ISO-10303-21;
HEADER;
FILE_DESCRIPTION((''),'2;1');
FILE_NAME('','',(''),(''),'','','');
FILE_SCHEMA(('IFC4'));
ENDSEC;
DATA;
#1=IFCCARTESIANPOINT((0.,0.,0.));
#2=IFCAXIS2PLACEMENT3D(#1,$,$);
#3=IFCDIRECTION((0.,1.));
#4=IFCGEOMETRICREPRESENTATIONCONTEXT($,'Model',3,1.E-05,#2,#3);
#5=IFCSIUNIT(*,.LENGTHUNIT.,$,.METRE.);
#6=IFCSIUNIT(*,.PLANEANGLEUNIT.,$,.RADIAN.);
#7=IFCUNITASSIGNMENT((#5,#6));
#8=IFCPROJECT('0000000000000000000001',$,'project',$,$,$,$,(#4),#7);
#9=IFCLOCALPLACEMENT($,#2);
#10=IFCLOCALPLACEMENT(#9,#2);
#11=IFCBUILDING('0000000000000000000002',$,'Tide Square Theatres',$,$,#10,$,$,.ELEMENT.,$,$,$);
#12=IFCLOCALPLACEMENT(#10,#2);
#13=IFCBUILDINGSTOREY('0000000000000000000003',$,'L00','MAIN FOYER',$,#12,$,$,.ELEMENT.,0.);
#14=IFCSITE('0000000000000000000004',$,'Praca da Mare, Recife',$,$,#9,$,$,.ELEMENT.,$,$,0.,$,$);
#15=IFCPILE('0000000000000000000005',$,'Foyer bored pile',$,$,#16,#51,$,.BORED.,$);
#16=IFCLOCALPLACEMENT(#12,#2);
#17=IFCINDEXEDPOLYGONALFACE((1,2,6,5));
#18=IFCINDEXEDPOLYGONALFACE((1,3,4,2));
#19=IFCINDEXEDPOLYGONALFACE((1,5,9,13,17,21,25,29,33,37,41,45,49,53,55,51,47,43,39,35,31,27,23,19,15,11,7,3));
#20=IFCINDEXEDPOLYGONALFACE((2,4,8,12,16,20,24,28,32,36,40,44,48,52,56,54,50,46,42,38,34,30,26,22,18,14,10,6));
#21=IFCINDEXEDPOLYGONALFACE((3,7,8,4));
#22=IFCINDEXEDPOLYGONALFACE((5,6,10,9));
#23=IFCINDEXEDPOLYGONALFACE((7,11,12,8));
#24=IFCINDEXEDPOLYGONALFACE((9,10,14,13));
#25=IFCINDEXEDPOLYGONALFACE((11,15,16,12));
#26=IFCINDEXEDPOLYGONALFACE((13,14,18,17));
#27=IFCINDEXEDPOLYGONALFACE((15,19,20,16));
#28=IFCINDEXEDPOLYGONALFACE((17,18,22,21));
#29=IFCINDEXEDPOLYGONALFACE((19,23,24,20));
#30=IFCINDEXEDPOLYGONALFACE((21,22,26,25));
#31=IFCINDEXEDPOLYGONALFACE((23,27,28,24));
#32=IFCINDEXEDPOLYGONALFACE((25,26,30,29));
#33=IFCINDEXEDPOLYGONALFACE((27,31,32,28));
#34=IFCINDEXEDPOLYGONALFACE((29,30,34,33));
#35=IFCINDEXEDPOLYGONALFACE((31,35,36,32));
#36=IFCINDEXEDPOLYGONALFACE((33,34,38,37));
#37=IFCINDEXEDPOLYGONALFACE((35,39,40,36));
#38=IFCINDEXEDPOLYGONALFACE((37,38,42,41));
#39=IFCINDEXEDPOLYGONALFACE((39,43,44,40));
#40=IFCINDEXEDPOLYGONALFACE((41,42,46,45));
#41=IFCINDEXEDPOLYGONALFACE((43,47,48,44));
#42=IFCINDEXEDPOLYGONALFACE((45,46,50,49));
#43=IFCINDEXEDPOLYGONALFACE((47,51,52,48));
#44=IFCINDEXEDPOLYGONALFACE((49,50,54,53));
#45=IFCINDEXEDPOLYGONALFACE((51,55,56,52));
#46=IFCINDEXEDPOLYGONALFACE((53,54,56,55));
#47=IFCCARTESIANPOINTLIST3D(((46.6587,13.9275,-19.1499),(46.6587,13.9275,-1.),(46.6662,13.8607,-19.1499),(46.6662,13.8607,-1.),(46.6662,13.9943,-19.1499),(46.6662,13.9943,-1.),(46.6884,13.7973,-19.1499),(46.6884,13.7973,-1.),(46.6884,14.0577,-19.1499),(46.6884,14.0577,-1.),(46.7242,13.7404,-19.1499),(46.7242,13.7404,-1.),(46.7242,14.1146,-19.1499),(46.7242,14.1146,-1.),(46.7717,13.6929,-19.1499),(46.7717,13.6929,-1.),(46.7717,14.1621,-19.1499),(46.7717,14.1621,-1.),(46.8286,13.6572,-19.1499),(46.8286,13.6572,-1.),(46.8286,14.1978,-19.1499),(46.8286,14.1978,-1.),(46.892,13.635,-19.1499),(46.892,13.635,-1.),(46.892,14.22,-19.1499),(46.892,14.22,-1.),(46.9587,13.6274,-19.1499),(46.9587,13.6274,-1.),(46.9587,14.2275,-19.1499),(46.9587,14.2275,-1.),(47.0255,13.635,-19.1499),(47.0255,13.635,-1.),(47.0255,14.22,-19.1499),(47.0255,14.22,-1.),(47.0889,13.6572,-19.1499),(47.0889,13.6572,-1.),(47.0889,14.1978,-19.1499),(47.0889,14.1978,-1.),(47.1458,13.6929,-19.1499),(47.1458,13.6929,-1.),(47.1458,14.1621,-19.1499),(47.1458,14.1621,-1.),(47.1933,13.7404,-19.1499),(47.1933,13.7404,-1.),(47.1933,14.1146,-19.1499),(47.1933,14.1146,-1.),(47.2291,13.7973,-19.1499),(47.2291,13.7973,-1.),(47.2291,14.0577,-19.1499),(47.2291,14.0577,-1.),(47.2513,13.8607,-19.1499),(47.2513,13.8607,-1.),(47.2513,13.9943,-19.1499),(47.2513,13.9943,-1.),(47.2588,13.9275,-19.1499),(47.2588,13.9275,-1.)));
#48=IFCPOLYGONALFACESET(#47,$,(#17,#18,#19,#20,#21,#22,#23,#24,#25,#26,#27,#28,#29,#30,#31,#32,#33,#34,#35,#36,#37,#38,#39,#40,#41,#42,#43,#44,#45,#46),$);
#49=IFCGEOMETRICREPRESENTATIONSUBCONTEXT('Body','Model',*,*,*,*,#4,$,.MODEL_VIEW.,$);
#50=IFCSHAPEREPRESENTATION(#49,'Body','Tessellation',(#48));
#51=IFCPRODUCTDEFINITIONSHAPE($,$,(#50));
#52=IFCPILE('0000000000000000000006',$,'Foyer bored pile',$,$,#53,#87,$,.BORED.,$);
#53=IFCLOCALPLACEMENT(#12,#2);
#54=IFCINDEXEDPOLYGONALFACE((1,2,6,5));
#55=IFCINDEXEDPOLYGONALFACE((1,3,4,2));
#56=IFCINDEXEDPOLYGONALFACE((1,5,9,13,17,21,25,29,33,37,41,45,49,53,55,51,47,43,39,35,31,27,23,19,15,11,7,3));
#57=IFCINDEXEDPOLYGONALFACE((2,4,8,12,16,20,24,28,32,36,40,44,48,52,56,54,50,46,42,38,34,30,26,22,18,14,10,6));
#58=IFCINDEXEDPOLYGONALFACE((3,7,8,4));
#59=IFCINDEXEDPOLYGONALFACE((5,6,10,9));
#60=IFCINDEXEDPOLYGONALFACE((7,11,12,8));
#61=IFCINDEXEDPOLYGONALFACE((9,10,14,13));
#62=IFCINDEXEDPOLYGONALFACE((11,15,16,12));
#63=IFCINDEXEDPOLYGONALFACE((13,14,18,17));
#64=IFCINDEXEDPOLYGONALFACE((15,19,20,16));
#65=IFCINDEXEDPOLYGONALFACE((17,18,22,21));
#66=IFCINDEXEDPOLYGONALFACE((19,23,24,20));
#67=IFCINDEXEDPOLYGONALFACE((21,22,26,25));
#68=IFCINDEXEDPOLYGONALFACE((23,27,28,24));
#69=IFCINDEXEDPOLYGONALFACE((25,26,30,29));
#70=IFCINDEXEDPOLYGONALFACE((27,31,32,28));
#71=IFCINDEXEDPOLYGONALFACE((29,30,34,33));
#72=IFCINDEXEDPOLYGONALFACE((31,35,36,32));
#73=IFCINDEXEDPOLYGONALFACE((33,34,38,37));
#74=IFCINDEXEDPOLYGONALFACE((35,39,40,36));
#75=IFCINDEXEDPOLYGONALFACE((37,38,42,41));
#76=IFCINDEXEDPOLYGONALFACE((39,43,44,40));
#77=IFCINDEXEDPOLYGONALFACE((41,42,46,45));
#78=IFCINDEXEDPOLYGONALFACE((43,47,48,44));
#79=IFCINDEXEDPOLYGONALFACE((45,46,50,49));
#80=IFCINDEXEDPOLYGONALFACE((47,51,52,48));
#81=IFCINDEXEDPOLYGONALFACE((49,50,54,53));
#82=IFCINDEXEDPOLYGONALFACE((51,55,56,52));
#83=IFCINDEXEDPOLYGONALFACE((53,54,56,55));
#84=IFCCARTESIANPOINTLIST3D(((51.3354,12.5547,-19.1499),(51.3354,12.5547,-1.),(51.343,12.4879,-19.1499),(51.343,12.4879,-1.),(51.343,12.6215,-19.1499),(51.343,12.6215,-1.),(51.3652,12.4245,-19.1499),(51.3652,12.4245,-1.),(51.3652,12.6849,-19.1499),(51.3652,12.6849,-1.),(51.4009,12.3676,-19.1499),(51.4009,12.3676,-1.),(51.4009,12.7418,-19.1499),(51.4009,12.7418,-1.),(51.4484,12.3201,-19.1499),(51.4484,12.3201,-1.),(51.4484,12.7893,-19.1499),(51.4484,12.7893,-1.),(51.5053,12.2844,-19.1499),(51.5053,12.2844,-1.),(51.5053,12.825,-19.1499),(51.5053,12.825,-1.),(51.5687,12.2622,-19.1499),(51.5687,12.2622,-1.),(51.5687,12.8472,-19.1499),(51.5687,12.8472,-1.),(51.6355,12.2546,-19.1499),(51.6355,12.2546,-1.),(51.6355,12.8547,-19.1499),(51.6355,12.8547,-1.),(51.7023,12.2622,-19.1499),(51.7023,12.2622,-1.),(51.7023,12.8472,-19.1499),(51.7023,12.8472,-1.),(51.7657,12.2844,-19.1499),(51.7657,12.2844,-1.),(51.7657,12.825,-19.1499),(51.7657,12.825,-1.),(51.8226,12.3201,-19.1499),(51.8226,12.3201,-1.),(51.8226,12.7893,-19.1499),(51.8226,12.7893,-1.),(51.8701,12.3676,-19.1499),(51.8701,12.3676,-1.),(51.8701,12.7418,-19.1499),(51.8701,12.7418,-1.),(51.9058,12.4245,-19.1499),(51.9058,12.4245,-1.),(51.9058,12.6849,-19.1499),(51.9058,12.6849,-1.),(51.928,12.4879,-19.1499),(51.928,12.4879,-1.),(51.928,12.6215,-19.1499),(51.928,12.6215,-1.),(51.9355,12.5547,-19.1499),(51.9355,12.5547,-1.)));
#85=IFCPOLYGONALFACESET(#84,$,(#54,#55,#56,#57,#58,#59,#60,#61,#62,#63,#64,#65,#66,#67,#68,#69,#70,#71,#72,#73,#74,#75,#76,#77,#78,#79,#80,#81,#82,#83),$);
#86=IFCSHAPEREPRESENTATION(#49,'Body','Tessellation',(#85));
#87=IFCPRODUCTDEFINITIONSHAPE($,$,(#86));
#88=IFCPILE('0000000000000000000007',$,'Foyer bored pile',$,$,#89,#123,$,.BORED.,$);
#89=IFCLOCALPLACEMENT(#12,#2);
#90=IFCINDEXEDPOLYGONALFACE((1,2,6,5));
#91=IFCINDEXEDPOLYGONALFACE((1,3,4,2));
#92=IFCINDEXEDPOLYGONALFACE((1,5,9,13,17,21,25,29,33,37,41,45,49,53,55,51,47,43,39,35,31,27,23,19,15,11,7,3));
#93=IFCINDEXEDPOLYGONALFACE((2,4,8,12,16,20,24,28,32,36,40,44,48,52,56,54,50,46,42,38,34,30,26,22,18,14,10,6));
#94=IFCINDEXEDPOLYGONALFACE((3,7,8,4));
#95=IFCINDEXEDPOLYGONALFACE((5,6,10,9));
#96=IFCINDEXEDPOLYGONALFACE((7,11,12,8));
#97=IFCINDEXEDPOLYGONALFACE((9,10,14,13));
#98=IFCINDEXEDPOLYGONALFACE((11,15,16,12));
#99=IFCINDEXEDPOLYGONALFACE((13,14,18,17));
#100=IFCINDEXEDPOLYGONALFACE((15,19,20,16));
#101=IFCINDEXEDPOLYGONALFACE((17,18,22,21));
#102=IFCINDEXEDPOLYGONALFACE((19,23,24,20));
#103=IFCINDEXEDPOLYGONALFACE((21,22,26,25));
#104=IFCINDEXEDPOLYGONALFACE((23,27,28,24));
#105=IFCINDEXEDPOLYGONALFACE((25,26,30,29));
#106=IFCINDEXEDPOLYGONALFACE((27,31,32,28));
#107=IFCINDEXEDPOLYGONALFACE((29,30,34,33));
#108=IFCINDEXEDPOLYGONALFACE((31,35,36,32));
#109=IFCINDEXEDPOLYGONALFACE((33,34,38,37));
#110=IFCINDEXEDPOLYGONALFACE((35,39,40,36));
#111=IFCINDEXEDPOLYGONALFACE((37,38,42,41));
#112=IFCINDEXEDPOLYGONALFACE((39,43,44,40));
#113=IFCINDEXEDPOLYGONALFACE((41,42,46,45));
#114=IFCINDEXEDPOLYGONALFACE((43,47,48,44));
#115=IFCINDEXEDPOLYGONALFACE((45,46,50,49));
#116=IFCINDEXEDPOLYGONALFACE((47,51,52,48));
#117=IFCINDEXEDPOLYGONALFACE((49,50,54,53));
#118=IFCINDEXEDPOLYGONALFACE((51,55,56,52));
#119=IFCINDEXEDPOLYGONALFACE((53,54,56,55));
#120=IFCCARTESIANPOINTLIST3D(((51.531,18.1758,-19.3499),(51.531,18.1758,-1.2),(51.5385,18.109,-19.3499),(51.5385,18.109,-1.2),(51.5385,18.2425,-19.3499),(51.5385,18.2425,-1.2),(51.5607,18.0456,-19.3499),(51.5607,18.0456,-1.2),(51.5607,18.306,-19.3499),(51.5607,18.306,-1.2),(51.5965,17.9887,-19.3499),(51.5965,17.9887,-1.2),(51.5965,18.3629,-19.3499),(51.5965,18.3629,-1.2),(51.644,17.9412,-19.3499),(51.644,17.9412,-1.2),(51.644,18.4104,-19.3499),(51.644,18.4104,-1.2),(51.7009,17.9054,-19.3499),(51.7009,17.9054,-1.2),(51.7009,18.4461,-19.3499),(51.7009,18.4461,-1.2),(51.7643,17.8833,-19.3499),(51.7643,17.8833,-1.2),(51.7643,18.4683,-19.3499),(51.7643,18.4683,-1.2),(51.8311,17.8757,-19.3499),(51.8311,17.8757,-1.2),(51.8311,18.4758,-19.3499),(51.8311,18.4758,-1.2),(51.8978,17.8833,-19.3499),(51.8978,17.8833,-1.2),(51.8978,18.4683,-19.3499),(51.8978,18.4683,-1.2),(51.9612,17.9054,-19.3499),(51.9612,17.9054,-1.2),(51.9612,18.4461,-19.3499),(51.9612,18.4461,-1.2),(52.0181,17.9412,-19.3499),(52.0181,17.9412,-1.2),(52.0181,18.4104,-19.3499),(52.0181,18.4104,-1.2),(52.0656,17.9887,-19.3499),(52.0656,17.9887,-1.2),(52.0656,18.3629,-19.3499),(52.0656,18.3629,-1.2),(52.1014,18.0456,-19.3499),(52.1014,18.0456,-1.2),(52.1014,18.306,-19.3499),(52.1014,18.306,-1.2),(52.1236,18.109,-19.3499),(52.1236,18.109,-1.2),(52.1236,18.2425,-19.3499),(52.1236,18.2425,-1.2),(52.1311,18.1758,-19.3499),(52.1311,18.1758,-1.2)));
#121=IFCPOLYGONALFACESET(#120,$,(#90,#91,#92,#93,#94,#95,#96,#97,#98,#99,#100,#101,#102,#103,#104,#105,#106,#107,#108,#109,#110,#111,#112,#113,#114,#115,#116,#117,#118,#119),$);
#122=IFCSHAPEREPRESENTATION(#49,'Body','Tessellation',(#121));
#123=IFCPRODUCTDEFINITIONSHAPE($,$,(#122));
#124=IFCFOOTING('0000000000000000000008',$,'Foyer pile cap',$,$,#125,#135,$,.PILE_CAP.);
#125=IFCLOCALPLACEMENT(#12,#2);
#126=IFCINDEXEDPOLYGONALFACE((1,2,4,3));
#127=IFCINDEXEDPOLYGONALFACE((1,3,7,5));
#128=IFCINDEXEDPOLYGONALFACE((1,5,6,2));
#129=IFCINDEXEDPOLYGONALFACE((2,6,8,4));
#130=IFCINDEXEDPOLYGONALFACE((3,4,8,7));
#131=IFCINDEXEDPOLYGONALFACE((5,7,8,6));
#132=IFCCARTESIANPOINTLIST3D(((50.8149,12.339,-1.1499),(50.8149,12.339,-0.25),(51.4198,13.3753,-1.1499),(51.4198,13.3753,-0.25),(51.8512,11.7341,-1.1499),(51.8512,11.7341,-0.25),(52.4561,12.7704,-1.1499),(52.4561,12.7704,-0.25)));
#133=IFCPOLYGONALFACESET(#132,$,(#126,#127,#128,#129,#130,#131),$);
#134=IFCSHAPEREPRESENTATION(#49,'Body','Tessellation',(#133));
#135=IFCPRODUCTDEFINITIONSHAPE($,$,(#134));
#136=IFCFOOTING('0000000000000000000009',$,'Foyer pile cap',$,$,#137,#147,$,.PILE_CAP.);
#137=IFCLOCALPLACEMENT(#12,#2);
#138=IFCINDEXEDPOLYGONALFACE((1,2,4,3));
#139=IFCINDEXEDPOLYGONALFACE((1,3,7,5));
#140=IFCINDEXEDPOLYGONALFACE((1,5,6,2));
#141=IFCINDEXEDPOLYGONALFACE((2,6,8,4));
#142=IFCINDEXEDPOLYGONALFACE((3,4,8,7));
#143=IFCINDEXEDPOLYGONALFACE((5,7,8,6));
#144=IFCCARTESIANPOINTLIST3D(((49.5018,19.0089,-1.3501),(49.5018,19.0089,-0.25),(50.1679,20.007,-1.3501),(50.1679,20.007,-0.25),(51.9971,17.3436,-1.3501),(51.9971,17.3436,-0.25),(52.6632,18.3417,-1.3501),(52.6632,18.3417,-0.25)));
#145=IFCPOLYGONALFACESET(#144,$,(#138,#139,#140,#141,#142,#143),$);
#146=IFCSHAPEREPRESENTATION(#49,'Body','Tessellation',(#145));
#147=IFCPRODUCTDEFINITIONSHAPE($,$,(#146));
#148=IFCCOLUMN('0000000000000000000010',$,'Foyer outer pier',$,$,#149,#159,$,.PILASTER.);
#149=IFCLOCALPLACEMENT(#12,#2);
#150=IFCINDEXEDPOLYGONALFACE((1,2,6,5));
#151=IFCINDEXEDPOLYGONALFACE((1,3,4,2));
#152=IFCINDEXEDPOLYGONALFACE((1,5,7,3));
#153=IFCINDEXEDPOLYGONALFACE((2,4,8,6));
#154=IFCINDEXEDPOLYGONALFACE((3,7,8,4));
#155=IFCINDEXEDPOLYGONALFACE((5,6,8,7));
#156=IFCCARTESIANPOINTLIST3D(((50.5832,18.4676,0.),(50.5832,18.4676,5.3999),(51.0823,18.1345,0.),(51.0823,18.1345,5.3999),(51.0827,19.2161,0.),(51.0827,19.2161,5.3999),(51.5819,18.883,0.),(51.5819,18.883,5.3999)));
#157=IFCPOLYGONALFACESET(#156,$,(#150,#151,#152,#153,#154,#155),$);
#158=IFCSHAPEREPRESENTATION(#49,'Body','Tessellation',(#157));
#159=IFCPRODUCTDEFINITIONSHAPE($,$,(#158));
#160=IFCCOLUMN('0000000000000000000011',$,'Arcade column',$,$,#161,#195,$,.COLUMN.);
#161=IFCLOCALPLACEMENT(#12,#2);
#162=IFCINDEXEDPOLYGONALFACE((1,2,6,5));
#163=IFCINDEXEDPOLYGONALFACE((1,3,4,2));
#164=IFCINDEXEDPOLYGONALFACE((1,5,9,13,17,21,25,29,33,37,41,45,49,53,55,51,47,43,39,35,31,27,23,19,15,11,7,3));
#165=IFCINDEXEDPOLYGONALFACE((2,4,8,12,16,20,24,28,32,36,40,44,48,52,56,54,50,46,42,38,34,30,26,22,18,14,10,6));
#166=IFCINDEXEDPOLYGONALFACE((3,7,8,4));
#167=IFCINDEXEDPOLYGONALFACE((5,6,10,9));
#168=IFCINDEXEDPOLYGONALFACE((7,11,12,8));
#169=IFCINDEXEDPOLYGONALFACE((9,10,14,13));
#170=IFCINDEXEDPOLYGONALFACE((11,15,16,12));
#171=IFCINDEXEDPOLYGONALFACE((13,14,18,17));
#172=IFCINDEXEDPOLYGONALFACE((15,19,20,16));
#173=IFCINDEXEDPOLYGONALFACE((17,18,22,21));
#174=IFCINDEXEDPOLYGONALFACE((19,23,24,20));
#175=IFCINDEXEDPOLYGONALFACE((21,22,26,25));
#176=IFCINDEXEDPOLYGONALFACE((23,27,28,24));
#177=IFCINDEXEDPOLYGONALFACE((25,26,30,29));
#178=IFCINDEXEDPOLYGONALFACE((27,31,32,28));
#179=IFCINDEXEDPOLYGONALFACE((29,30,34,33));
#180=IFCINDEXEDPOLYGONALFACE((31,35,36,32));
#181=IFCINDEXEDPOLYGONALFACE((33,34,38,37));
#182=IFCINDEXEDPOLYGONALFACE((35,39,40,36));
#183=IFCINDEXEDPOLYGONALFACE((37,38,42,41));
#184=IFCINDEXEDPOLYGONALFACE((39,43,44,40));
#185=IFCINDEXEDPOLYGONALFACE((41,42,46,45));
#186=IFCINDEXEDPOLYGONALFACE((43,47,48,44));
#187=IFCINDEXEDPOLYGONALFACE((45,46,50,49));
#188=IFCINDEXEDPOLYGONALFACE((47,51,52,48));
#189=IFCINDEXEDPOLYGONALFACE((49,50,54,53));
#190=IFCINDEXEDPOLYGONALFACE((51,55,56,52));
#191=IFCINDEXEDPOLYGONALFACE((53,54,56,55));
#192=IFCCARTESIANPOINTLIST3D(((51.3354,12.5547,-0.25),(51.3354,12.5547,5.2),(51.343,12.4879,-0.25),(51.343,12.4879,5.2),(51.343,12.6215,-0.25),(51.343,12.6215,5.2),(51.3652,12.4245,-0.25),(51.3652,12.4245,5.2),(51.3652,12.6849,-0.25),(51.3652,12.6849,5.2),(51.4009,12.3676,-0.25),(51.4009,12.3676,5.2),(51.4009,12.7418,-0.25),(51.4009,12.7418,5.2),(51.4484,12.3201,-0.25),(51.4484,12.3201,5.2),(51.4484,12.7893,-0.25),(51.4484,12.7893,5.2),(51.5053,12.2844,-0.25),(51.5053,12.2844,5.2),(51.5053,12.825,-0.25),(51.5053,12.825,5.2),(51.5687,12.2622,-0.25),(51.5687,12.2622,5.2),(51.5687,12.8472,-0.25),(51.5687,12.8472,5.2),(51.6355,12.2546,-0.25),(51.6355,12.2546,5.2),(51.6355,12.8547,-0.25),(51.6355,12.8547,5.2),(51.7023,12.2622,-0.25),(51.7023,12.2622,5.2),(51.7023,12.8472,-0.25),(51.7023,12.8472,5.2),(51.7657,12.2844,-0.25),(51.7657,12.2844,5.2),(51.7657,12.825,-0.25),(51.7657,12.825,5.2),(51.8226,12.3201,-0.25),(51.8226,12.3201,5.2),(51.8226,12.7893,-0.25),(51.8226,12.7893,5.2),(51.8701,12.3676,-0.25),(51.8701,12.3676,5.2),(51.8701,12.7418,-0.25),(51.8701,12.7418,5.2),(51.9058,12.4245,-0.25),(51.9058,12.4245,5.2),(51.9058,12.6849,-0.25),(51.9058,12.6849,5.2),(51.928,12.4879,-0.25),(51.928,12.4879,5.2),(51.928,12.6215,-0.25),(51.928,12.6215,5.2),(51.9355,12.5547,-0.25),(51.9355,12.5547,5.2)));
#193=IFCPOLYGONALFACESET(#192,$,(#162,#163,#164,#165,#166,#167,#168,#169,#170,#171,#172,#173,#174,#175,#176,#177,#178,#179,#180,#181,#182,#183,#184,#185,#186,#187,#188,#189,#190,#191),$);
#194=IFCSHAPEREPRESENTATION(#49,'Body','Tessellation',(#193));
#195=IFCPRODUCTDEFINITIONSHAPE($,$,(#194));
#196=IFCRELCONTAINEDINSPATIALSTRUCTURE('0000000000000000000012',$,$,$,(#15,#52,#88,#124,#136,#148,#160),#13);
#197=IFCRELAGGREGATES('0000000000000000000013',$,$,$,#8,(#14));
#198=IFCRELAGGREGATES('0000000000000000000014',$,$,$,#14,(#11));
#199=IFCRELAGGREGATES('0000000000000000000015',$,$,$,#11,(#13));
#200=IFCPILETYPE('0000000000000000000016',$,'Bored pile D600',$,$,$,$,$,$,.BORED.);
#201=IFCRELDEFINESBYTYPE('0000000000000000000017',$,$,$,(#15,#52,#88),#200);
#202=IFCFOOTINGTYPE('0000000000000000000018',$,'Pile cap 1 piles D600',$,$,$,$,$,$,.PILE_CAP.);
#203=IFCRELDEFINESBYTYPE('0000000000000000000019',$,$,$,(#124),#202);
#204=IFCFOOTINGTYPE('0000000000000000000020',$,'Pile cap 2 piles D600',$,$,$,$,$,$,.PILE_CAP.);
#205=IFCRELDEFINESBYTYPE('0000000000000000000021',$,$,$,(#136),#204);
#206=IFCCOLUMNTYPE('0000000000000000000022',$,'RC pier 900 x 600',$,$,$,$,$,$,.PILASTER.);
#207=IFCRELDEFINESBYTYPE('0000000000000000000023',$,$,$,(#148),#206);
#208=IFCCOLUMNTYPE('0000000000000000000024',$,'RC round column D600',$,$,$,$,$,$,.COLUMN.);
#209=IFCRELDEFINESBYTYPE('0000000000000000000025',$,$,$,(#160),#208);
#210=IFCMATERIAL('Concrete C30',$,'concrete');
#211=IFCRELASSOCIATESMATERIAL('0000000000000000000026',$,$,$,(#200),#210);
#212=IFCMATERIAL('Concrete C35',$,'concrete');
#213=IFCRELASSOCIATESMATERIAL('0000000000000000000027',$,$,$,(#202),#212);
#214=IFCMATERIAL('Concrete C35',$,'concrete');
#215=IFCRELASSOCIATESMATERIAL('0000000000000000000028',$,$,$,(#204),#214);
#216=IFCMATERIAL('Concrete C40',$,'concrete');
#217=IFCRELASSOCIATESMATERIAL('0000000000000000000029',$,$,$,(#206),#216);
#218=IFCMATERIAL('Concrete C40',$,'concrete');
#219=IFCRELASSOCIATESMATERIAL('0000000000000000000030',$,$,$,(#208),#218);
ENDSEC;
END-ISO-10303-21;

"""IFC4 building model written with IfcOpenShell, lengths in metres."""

from ifc_helpers import new_model, si_unit, direction, frame, origin, origin_2d, place, context, subcontext, project, spatial, rectangle, circle, extrude, material, material_profile, profile_set, type_object, element, save


model = new_model("IFC4")

# Units and contexts
model_context = context("Model", 3, precision=1e-05, world=origin(), true_north=direction((0.0, 1.0)))
body_context = subcontext(model_context, "Body", "Model", "MODEL_VIEW")
ifc_project = project(units=[si_unit("LENGTHUNIT", "METRE"), si_unit("PLANEANGLEUNIT", "RADIAN")], contexts=[model_context])

# Site, building, storey
site_placement = place(None, origin())
site = spatial("IfcSite", under=ifc_project, at=site_placement, Name="Praca da Mare, Recife", CompositionType="ELEMENT", RefElevation=0.0)
building_placement = place(site_placement, origin())
building = spatial("IfcBuilding", under=site, at=building_placement, Name="Tide Square Theatres", CompositionType="ELEMENT")
storey_placement = place(building_placement, origin())
storey = spatial("IfcBuildingStorey", under=building, at=storey_placement, Name="L00", Description="MAIN FOYER", CompositionType="ELEMENT", Elevation=0.0)

# Piles
ifc_material_1 = material(Name="Concrete C30", Category="concrete")
ifc_material_profile_1 = material_profile(ifc_material_1, circle(Radius=0.3, at=origin_2d()))
ifc_profile_set_1 = profile_set([ifc_material_profile_1], Name="Concrete C30")
pile_type = type_object("IfcPileType", Name="Bored pile D600", PredefinedType="BORED", material=ifc_profile_set_1)
for number, where, z_axis, x_axis, name in (
    (1, (46.9587, 13.9275, -1.0), (0.0, 0.0, -1.0), (1.0, 0.0, 0.0), "Foyer bored pile"),
    (2, (51.6355, 12.5547, -1.0), (0.0, 0.0, -1.0), (1.0, 0.0, 0.0), "Foyer bored pile"),
    (3, (51.8311, 18.1758, -1.2), (0.0, 0.0, -1.0), (1.0, 0.0, 0.0), "Foyer bored pile"),
):
    element("IfcPile", number, at=place(storey_placement, frame(where, z_axis=z_axis, x_axis=x_axis)), inside=storey, type_object=pile_type, Name=name, PredefinedType="BORED", context=body_context, shape_type="SweptSolid", body=[
        extrude(circle(Radius=0.3, at=origin_2d()), origin(), (0.0, 0.0, 1.0), 18.1499),
    ])

# Footings
ifc_material_2 = material(Name="Concrete C35", Category="concrete")
footing_type_1 = type_object("IfcFootingType", Name="Pile cap 1 piles D600", PredefinedType="PILE_CAP", material=ifc_material_2)
footing_1_placement = place(storey_placement, frame((51.6355, 12.5547, -1.1499), z_axis=(0.0, 0.0, 1.0), x_axis=(0.863634, -0.504119, 0.0)))
element("IfcFooting", 4, at=footing_1_placement, inside=storey, type_object=footing_type_1, Name="Foyer pile cap", PredefinedType="PILE_CAP", context=body_context, shape_type="SweptSolid", body=[
    extrude(rectangle(XDim=1.2, YDim=1.2, at=origin_2d()), origin(), (0.0, 0.0, 1.0), 0.8999),
])
ifc_material_3 = material(Name="Concrete C35", Category="concrete")
footing_type_2 = type_object("IfcFootingType", Name="Pile cap 2 piles D600", PredefinedType="PILE_CAP", material=ifc_material_3)
footing_2_placement = place(storey_placement, frame((51.0825, 18.6753, -1.3501), z_axis=(0.0, 0.0, 1.0), x_axis=(0.831784, -0.5551, 0.0)))
element("IfcFooting", 5, at=footing_2_placement, inside=storey, type_object=footing_type_2, Name="Foyer pile cap", PredefinedType="PILE_CAP", context=body_context, shape_type="SweptSolid", body=[
    extrude(rectangle(XDim=3.0, YDim=1.2, at=origin_2d()), origin(), (0.0, 0.0, 1.0), 1.1001),
])

# Columns
ifc_material_4 = material(Name="Concrete C40", Category="concrete")
ifc_material_profile_2 = material_profile(ifc_material_4, rectangle(XDim=0.8999, YDim=0.6001, at=origin_2d()))
ifc_profile_set_2 = profile_set([ifc_material_profile_2], Name="Concrete C40")
column_type_1 = type_object("IfcColumnType", Name="RC pier 900 x 600", PredefinedType="PILASTER", material=ifc_profile_set_2)
column_1_placement = place(storey_placement, frame((51.0825, 18.6753, 0.0), z_axis=(0.0, 0.0, 1.0), x_axis=(-0.5551, -0.831784, 0.0)))
element("IfcColumn", 6, at=column_1_placement, inside=storey, type_object=column_type_1, Name="Foyer outer pier", PredefinedType="PILASTER", context=body_context, shape_type="SweptSolid", body=[
    extrude(rectangle(XDim=0.8999, YDim=0.6001, at=origin_2d()), origin(), (0.0, 0.0, 1.0), 5.3999),
])
ifc_material_5 = material(Name="Concrete C40", Category="concrete")
ifc_material_profile_3 = material_profile(ifc_material_5, circle(Radius=0.3, at=origin_2d()))
ifc_profile_set_3 = profile_set([ifc_material_profile_3], Name="Concrete C40")
column_type_2 = type_object("IfcColumnType", Name="RC round column D600", PredefinedType="COLUMN", material=ifc_profile_set_3)
column_2_placement = place(storey_placement, frame((51.6355, 12.5547, -0.25), z_axis=(0.0, 0.0, 1.0), x_axis=(1.0, 0.0, 0.0)))
element("IfcColumn", 7, at=column_2_placement, inside=storey, type_object=column_type_2, Name="Arcade column", PredefinedType="COLUMN", context=body_context, shape_type="SweptSolid", body=[
    extrude(circle(Radius=0.3, at=origin_2d()), origin(), (0.0, 0.0, 1.0), 5.45),
])

save(model, "model.ifc")
